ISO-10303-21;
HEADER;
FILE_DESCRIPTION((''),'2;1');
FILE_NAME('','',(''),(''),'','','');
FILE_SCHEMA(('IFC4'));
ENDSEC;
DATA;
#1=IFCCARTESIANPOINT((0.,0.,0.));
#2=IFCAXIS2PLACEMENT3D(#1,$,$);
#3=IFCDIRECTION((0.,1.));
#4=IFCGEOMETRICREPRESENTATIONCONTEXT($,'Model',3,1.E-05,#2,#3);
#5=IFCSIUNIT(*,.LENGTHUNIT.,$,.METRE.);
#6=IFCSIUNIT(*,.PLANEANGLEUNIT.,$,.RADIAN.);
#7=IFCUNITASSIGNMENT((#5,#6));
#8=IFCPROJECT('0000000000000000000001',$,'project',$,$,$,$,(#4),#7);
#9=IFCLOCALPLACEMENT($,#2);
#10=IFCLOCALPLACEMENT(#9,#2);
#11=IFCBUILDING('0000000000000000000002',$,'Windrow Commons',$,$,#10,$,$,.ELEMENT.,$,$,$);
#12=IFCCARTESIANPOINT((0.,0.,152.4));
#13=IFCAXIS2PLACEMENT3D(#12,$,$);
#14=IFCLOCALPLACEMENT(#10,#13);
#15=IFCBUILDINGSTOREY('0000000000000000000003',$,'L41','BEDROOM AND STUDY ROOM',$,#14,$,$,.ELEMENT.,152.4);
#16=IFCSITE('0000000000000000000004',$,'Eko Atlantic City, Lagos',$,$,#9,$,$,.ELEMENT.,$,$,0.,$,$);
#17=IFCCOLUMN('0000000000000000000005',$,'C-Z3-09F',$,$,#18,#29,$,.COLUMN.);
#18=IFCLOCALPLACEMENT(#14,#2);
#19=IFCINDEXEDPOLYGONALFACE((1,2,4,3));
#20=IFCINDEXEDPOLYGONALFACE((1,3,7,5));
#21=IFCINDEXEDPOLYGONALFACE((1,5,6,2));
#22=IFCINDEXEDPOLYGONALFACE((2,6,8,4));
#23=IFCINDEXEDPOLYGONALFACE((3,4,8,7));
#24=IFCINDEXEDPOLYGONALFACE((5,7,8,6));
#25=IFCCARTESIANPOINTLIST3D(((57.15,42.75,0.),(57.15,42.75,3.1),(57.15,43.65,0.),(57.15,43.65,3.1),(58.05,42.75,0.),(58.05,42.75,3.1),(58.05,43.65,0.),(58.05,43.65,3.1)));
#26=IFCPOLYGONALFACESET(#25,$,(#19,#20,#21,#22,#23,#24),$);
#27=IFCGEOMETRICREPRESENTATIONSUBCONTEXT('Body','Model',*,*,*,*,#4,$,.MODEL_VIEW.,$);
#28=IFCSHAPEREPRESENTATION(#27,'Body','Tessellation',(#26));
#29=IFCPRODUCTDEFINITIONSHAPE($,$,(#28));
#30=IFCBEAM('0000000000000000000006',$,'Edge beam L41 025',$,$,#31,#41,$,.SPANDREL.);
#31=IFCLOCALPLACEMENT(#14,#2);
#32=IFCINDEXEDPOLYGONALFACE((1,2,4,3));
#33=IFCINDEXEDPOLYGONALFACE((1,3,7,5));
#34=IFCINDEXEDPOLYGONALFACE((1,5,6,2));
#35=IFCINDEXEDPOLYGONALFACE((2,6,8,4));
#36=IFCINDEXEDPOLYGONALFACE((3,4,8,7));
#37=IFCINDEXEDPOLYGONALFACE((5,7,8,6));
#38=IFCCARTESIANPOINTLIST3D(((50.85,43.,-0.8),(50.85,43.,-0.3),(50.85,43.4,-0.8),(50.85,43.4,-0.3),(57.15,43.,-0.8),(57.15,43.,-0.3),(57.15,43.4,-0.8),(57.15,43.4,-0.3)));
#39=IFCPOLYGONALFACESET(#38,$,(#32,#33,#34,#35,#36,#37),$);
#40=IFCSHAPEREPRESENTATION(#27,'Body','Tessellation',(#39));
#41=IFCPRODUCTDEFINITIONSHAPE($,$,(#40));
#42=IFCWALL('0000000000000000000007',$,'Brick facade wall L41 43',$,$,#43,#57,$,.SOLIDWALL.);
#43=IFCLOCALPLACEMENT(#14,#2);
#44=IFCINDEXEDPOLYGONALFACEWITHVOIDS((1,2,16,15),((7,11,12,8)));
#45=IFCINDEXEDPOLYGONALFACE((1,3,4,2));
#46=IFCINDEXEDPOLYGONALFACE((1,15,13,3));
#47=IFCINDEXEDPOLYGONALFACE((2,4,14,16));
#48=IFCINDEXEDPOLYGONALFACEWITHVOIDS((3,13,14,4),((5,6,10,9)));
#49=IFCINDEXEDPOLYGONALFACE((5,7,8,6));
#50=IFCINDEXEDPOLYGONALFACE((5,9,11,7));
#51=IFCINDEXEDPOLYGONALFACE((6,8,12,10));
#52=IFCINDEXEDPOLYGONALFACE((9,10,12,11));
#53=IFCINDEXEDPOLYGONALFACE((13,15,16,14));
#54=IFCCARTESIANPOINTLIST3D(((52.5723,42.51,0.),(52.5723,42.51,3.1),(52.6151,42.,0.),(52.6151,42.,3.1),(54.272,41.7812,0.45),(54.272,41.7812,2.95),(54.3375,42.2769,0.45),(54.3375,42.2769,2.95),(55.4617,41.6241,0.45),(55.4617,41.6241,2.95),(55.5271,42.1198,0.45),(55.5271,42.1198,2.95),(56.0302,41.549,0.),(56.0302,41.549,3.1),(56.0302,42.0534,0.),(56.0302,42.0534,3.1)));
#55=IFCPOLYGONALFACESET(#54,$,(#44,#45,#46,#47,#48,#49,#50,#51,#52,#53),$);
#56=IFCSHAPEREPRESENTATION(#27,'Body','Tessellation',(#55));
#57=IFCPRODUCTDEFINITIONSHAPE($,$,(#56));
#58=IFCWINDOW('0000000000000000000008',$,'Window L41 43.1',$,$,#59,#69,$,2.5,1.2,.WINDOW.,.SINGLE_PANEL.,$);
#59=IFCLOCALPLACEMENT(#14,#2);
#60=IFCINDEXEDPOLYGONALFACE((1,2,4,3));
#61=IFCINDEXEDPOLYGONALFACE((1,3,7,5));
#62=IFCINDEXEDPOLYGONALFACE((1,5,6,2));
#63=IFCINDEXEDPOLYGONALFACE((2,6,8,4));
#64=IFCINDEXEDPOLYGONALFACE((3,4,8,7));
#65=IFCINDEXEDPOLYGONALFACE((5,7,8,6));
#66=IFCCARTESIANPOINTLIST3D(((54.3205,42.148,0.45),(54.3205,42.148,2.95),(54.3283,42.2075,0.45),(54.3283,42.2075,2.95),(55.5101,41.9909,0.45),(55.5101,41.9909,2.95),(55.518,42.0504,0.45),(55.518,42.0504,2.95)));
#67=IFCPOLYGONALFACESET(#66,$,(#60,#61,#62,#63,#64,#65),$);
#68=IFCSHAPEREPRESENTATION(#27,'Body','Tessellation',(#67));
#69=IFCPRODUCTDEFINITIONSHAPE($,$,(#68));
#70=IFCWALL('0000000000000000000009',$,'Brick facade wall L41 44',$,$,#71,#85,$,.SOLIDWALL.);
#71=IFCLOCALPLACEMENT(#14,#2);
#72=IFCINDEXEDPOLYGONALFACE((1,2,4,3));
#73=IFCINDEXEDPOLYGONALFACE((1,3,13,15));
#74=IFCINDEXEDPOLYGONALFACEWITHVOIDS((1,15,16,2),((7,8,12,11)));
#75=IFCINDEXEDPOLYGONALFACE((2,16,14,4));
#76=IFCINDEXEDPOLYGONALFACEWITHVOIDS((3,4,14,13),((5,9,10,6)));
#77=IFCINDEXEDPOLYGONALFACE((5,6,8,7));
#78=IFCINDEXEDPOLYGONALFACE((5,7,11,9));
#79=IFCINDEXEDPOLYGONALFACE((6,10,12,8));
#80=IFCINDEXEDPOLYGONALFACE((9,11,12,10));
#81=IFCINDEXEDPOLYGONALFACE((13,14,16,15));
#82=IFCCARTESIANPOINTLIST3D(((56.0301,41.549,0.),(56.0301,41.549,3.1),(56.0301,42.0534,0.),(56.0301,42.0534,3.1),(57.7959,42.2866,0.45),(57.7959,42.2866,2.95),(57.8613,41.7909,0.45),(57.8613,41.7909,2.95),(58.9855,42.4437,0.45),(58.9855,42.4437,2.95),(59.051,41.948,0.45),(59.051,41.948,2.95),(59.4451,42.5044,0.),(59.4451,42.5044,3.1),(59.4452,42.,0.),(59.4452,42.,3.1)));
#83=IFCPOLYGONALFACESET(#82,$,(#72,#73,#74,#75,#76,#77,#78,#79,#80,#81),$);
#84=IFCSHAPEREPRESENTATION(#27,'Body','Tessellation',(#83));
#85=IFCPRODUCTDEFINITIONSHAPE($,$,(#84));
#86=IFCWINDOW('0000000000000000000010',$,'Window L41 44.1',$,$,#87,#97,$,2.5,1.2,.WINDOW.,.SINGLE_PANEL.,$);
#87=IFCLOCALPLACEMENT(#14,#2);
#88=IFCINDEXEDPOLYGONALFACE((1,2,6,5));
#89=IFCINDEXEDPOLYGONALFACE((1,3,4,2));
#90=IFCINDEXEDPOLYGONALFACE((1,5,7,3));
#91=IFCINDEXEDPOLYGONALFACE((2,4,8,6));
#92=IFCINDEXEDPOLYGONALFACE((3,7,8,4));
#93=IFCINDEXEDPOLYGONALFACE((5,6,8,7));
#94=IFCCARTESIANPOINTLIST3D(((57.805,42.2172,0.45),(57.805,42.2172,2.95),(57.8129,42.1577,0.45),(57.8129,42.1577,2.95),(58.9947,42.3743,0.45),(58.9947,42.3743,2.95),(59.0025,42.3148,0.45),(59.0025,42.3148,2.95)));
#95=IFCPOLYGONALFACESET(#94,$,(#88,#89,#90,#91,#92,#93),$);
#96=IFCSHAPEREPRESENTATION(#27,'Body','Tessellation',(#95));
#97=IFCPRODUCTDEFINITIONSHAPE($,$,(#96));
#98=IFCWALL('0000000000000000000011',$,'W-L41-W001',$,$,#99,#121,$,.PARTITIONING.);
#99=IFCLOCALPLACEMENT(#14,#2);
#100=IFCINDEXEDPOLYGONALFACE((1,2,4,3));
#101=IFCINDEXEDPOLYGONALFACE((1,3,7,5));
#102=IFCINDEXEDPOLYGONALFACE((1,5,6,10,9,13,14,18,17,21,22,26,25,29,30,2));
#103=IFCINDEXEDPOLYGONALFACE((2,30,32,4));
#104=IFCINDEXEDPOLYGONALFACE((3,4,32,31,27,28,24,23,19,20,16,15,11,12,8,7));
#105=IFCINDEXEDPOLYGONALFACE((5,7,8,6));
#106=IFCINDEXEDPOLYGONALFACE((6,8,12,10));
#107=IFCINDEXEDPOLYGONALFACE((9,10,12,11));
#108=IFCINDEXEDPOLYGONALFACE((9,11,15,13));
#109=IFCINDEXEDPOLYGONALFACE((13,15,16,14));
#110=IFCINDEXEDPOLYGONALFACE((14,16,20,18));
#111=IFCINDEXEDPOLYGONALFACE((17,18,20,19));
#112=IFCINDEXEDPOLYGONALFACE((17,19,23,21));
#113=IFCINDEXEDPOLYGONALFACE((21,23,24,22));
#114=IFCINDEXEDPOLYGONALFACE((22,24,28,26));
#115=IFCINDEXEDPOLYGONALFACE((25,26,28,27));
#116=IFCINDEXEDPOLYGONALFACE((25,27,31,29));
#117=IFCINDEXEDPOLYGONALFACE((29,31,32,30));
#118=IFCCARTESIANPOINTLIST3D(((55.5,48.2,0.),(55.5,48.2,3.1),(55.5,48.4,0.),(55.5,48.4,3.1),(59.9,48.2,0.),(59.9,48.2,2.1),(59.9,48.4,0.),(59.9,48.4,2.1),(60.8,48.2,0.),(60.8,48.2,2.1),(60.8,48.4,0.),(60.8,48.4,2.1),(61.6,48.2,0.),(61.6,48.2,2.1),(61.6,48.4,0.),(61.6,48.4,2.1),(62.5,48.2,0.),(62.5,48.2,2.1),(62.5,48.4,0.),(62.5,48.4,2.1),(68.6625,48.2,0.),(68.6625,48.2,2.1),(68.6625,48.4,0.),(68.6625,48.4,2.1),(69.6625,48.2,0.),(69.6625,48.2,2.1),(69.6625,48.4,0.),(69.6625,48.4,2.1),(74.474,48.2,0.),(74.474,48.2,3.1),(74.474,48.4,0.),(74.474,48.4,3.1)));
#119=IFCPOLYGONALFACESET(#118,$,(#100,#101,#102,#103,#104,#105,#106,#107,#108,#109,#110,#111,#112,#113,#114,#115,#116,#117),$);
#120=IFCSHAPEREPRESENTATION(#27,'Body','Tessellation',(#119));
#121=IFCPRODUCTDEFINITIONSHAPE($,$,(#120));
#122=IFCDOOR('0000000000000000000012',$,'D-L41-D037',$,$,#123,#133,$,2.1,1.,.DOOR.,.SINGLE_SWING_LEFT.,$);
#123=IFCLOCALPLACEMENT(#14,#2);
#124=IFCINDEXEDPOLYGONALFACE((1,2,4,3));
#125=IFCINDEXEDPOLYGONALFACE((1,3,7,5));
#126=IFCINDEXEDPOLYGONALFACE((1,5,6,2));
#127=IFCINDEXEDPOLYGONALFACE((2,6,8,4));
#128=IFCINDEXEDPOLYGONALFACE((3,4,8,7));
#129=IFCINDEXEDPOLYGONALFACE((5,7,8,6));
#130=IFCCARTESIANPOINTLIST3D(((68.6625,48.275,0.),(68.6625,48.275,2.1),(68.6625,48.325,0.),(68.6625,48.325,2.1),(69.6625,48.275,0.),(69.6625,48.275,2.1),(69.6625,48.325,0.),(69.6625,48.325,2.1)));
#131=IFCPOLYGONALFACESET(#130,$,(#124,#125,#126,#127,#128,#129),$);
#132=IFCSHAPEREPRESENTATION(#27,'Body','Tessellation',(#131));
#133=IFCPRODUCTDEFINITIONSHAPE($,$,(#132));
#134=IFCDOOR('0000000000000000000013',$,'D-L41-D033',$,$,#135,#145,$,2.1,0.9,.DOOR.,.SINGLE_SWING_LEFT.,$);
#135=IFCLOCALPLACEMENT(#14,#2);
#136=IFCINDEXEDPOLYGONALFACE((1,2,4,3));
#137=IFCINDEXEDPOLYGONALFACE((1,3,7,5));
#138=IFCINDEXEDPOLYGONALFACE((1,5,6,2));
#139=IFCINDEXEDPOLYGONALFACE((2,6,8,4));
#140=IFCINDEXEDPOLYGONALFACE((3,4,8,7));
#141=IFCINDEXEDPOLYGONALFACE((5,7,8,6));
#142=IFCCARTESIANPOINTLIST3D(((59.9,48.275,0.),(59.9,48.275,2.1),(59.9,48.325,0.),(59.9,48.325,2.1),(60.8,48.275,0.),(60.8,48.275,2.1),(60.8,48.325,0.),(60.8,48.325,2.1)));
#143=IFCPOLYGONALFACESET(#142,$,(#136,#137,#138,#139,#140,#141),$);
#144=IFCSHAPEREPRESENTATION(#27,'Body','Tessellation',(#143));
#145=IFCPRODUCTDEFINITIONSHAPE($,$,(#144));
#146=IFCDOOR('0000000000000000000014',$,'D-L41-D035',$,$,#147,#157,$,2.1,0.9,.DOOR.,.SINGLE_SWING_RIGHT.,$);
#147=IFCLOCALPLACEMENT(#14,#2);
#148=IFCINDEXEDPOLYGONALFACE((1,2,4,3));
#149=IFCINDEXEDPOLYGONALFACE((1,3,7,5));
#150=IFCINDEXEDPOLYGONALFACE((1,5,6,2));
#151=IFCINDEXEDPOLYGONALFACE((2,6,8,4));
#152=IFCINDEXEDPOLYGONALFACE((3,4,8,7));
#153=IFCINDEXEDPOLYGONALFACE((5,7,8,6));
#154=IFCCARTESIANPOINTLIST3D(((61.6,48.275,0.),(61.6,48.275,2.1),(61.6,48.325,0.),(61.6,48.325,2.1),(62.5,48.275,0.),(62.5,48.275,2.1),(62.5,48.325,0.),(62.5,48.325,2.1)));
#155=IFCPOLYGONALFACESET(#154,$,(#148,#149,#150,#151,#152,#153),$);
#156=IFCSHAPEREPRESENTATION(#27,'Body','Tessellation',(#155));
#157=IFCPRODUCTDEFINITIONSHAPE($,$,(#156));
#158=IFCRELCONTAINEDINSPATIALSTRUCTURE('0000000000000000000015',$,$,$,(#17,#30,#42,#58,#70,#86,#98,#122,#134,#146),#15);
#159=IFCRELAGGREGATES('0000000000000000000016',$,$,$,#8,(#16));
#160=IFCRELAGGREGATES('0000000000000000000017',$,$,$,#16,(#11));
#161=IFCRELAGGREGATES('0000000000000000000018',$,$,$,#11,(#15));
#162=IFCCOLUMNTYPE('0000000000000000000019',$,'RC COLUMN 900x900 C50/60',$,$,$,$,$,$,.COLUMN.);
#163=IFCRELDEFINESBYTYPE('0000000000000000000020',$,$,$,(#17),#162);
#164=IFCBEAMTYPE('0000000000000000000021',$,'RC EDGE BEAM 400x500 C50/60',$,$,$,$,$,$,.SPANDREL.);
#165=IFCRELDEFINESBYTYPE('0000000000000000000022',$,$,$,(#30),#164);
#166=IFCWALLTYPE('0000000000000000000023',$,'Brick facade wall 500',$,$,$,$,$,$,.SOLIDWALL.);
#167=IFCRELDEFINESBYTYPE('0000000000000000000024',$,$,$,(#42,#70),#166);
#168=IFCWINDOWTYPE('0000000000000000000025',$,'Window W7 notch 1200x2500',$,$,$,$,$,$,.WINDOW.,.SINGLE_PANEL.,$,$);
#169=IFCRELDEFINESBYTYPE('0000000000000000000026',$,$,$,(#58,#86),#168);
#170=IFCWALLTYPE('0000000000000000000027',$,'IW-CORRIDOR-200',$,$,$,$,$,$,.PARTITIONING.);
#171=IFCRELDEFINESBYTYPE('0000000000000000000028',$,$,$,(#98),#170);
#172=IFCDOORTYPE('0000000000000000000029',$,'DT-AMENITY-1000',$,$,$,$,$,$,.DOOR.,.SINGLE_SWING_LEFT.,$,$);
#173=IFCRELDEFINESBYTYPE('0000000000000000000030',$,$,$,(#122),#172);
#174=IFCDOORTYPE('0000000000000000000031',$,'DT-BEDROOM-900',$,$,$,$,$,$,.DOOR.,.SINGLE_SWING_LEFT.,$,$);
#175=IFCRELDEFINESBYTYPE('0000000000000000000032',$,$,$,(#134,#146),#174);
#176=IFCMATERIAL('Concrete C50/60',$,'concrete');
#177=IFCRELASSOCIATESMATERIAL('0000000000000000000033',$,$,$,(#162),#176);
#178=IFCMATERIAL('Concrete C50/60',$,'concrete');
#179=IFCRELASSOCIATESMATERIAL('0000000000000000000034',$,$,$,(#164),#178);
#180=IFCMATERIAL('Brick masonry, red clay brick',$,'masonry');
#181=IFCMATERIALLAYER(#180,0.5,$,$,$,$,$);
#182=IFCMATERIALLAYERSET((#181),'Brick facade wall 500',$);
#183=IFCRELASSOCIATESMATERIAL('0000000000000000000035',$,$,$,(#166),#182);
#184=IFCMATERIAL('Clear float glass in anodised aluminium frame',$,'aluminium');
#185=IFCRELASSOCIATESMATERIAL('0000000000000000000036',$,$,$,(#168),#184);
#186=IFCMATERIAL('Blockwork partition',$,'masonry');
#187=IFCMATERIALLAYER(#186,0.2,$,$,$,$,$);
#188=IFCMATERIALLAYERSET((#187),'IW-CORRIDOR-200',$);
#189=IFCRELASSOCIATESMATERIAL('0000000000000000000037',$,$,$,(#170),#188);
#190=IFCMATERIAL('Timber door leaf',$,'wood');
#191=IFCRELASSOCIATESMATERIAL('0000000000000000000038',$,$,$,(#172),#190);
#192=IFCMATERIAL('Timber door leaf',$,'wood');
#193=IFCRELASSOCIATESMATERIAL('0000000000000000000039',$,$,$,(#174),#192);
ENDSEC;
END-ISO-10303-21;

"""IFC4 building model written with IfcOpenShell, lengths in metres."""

from ifc_helpers import new_model, si_unit, direction, frame, frame_2d, origin, origin_2d, place, context, subcontext, project, spatial, polyline, rectangle, outline, extrude, material, layer, layer_set, material_profile, profile_set, type_object, element, fill, save


model = new_model("IFC4")

# Units and contexts
model_context = context("Model", 3, precision=1e-05, world=origin(), true_north=direction((0.0, 1.0)))
body_context = subcontext(model_context, "Body", "Model", "MODEL_VIEW")
ifc_project = project(units=[si_unit("LENGTHUNIT", "METRE"), si_unit("PLANEANGLEUNIT", "RADIAN")], contexts=[model_context])

# Site, building, storey
site_placement = place(None, origin())
site = spatial("IfcSite", under=ifc_project, at=site_placement, Name="Eko Atlantic City, Lagos", CompositionType="ELEMENT", RefElevation=0.0)
building_placement = place(site_placement, origin())
building = spatial("IfcBuilding", under=site, at=building_placement, Name="Windrow Commons", CompositionType="ELEMENT")
storey_placement = place(building_placement, frame((0.0, 0.0, 152.4)))
storey = spatial("IfcBuildingStorey", under=building, at=storey_placement, Name="L41", Description="BEDROOM AND STUDY ROOM", CompositionType="ELEMENT", Elevation=152.4)

# Column
ifc_material_1 = material(Name="Concrete C50/60", Category="concrete")
ifc_material_profile_1 = material_profile(ifc_material_1, rectangle(XDim=0.9, YDim=0.9, at=origin_2d()))
ifc_profile_set_1 = profile_set([ifc_material_profile_1], Name="Concrete C50/60")
column_type = type_object("IfcColumnType", Name="RC COLUMN 900x900 C50/60", PredefinedType="COLUMN", material=ifc_profile_set_1)
column_placement = place(storey_placement, frame((57.6, 43.2, 0.0), z_axis=(0.0, 0.0, 1.0), x_axis=(1.0, 0.0, 0.0)))
element("IfcColumn", 1, at=column_placement, inside=storey, type_object=column_type, Name="C-Z3-09F", PredefinedType="COLUMN", context=body_context, shape_type="SweptSolid", body=[
    extrude(rectangle(XDim=0.9, YDim=0.9, at=origin_2d()), origin(), (0.0, 0.0, 1.0), 3.1),
])

# Beam
ifc_material_2 = material(Name="Concrete C50/60", Category="concrete")
ifc_material_profile_2 = material_profile(ifc_material_2, rectangle(XDim=0.4, YDim=0.5, at=origin_2d()))
ifc_profile_set_2 = profile_set([ifc_material_profile_2], Name="Concrete C50/60")
beam_type = type_object("IfcBeamType", Name="RC EDGE BEAM 400x500 C50/60", PredefinedType="SPANDREL", material=ifc_profile_set_2)
beam_placement = place(storey_placement, frame((57.15, 43.2, -0.55), z_axis=(-1.0, 0.0, 0.0), x_axis=(0.0, -1.0, 0.0)))
element("IfcBeam", 2, at=beam_placement, inside=storey, type_object=beam_type, Name="Edge beam L41 025", PredefinedType="SPANDREL", context=body_context, shape_type="SweptSolid", body=[
    extrude(rectangle(XDim=0.4, YDim=0.5, at=origin_2d()), origin(), (0.0, 0.0, 1.0), 6.3),
])

# Walls, openings, windows
ifc_material_3 = material(Name="Brick masonry, red clay brick", Category="masonry")
ifc_layer_1 = layer(ifc_material_3, 0.5)
ifc_layer_set_1 = layer_set([ifc_layer_1], Name="Brick facade wall 500")
wall_type_1 = type_object("IfcWallType", Name="Brick facade wall 500", PredefinedType="SOLIDWALL", material=ifc_layer_set_1)
wall_1_placement = place(storey_placement, frame((52.5937, 42.255, 0.0), z_axis=(0.0, 0.0, 1.0), x_axis=(0.991393, -0.13092, 0.0)))
wall_1 = element("IfcWall", 3, at=wall_1_placement, inside=storey, type_object=wall_type_1, Name="Brick facade wall L41 43", PredefinedType="SOLIDWALL", context=body_context, shape_type="SweptSolid", body=[
    extrude(outline(polyline([(0.0546, -0.25), (3.4993, -0.25), (3.4333, 0.25), (-0.0546, 0.25), (0.0546, -0.25)])), origin(), (0.0, 0.0, 1.0), 3.1),
])
opening_1_placement = place(wall_1_placement, frame((1.7259, 0.0, 0.45)))
opening_1 = element("IfcOpeningElement", 4, at=opening_1_placement, cuts=wall_1, PredefinedType="OPENING", context=body_context, shape_type="SweptSolid", body=[
    extrude(rectangle(XDim=1.2, YDim=2.5, at=frame_2d((0.6, 1.25))), frame((0.0, 0.26, 0.0), z_axis=(0.0, -1.0, 0.0), x_axis=(1.0, 0.0, 0.0)), (0.0, 0.0, 1.0), 0.52),
])
ifc_material_4 = material(Name="Clear float glass in anodised aluminium frame", Category="aluminium")
window_type = type_object("IfcWindowType", Name="Window W7 notch 1200x2500", PartitioningType="SINGLE_PANEL", PredefinedType="WINDOW", material=ifc_material_4)
window_1_placement = place(opening_1_placement, origin())
window_1 = element("IfcWindow", 5, at=window_1_placement, inside=storey, type_object=window_type, Name="Window L41 43.1", OverallHeight=2.5, OverallWidth=1.2, PartitioningType="SINGLE_PANEL", PredefinedType="WINDOW", context=body_context, shape_type="SweptSolid", body=[
    extrude(rectangle(XDim=1.2, YDim=2.5, at=frame_2d((0.6, 1.25))), frame((0.0, 0.18, 0.0), z_axis=(0.0, -1.0, 0.0), x_axis=(1.0, 0.0, 0.0)), (0.0, 0.0, 1.0), 0.06),
])
fill(opening_1, window_1)
wall_2_placement = place(storey_placement, frame((56.0301, 41.8012, 0.0), z_axis=(0.0, 0.0, 1.0), x_axis=(0.991392, 0.130924, 0.0)))
wall_2 = element("IfcWall", 6, at=wall_2_placement, inside=storey, type_object=wall_type_1, Name="Brick facade wall L41 44", PredefinedType="SOLIDWALL", context=body_context, shape_type="SweptSolid", body=[
    extrude(outline(polyline([(-0.033, -0.25), (3.4117, -0.25), (3.4777, 0.25), (0.033, 0.25), (-0.033, -0.25)])), origin(), (0.0, 0.0, 1.0), 3.1),
])
opening_2_placement = place(wall_2_placement, frame((1.8141, 0.0, 0.45)))
opening_2 = element("IfcOpeningElement", 7, at=opening_2_placement, cuts=wall_2, PredefinedType="OPENING", context=body_context, shape_type="SweptSolid", body=[
    extrude(rectangle(XDim=1.2, YDim=2.5, at=frame_2d((0.6, 1.25))), frame((0.0, 0.26, 0.0), z_axis=(0.0, -1.0, 0.0), x_axis=(1.0, 0.0, 0.0)), (0.0, 0.0, 1.0), 0.52),
])
window_2_placement = place(opening_2_placement, origin())
window_2 = element("IfcWindow", 8, at=window_2_placement, inside=storey, type_object=window_type, Name="Window L41 44.1", OverallHeight=2.5, OverallWidth=1.2, PartitioningType="SINGLE_PANEL", PredefinedType="WINDOW", context=body_context, shape_type="SweptSolid", body=[
    extrude(rectangle(XDim=1.2, YDim=2.5, at=frame_2d((0.6, 1.25))), frame((0.0, 0.18, 0.0), z_axis=(0.0, -1.0, 0.0), x_axis=(1.0, 0.0, 0.0)), (0.0, 0.0, 1.0), 0.06),
])
fill(opening_2, window_2)

# Wall, openings, doors
ifc_material_5 = material(Name="Blockwork partition", Category="masonry")
ifc_layer_2 = layer(ifc_material_5, 0.2)
ifc_layer_set_2 = layer_set([ifc_layer_2], Name="IW-CORRIDOR-200")
wall_type_2 = type_object("IfcWallType", Name="IW-CORRIDOR-200", PredefinedType="PARTITIONING", material=ifc_layer_set_2)
wall_3_placement = place(storey_placement, frame((55.5, 48.3, 0.0), z_axis=(0.0, 0.0, 1.0), x_axis=(1.0, 0.0, 0.0)))
wall_3 = element("IfcWall", 9, at=wall_3_placement, inside=storey, type_object=wall_type_2, Name="W-L41-W001", PredefinedType="PARTITIONING", context=body_context, shape_type="SweptSolid", body=[
    extrude(rectangle(XDim=18.974, YDim=0.2, at=frame_2d((9.487, 0.0))), origin(), (0.0, 0.0, 1.0), 3.1),
])
opening_3_placement = place(wall_3_placement, frame((4.4, 0.0, 0.0)))
opening_3 = element("IfcOpeningElement", 10, at=opening_3_placement, cuts=wall_3, PredefinedType="OPENING", context=body_context, shape_type="SweptSolid", body=[
    extrude(rectangle(XDim=0.9, YDim=2.1, at=frame_2d((0.45, 1.05))), frame((0.0, 0.11, 0.0), z_axis=(0.0, -1.0, 0.0), x_axis=(1.0, 0.0, 0.0)), (0.0, 0.0, 1.0), 0.22),
])
opening_4_placement = place(wall_3_placement, frame((6.1, 0.0, 0.0)))
opening_4 = element("IfcOpeningElement", 11, at=opening_4_placement, cuts=wall_3, PredefinedType="OPENING", context=body_context, shape_type="SweptSolid", body=[
    extrude(rectangle(XDim=0.9, YDim=2.1, at=frame_2d((0.45, 1.05))), frame((0.0, 0.11, 0.0), z_axis=(0.0, -1.0, 0.0), x_axis=(1.0, 0.0, 0.0)), (0.0, 0.0, 1.0), 0.22),
])
opening_5_placement = place(wall_3_placement, frame((13.1625, 0.0, 0.0)))
opening_5 = element("IfcOpeningElement", 12, at=opening_5_placement, cuts=wall_3, PredefinedType="OPENING", context=body_context, shape_type="SweptSolid", body=[
    extrude(rectangle(XDim=1.0, YDim=2.1, at=frame_2d((0.5, 1.05))), frame((0.0, 0.11, 0.0), z_axis=(0.0, -1.0, 0.0), x_axis=(1.0, 0.0, 0.0)), (0.0, 0.0, 1.0), 0.22),
])
ifc_material_6 = material(Name="Timber door leaf", Category="wood")
door_type_1 = type_object("IfcDoorType", Name="DT-AMENITY-1000", OperationType="SINGLE_SWING_LEFT", PredefinedType="DOOR", material=ifc_material_6)
door_1_placement = place(opening_5_placement, origin())
door_1 = element("IfcDoor", 13, at=door_1_placement, inside=storey, type_object=door_type_1, Name="D-L41-D037", OperationType="SINGLE_SWING_LEFT", OverallHeight=2.1, OverallWidth=1.0, PredefinedType="DOOR", context=body_context, shape_type="SweptSolid", body=[
    extrude(rectangle(XDim=1.0, YDim=2.1, at=frame_2d((0.5, 1.05))), frame((0.0, 0.025, 0.0), z_axis=(0.0, -1.0, 0.0), x_axis=(1.0, 0.0, 0.0)), (0.0, 0.0, 1.0), 0.05),
])
fill(opening_5, door_1)
ifc_material_7 = material(Name="Timber door leaf", Category="wood")
door_type_2 = type_object("IfcDoorType", Name="DT-BEDROOM-900", OperationType="SINGLE_SWING_LEFT", PredefinedType="DOOR", material=ifc_material_7)
door_2_placement = place(opening_3_placement, origin())
door_2 = element("IfcDoor", 14, at=door_2_placement, inside=storey, type_object=door_type_2, Name="D-L41-D033", OperationType="SINGLE_SWING_LEFT", OverallHeight=2.1, OverallWidth=0.9, PredefinedType="DOOR", context=body_context, shape_type="SweptSolid", body=[
    extrude(rectangle(XDim=0.9, YDim=2.1, at=frame_2d((0.45, 1.05))), frame((0.0, 0.025, 0.0), z_axis=(0.0, -1.0, 0.0), x_axis=(1.0, 0.0, 0.0)), (0.0, 0.0, 1.0), 0.05),
])
fill(opening_3, door_2)
door_3_placement = place(opening_4_placement, origin())
door_3 = element("IfcDoor", 15, at=door_3_placement, inside=storey, type_object=door_type_2, Name="D-L41-D035", OperationType="SINGLE_SWING_RIGHT", OverallHeight=2.1, OverallWidth=0.9, PredefinedType="DOOR", context=body_context, shape_type="SweptSolid", body=[
    extrude(rectangle(XDim=0.9, YDim=2.1, at=frame_2d((0.45, 1.05))), frame((0.0, 0.025, 0.0), z_axis=(0.0, -1.0, 0.0), x_axis=(1.0, 0.0, 0.0)), (0.0, 0.0, 1.0), 0.05),
])
fill(opening_4, door_3)

save(model, "model.ifc")
